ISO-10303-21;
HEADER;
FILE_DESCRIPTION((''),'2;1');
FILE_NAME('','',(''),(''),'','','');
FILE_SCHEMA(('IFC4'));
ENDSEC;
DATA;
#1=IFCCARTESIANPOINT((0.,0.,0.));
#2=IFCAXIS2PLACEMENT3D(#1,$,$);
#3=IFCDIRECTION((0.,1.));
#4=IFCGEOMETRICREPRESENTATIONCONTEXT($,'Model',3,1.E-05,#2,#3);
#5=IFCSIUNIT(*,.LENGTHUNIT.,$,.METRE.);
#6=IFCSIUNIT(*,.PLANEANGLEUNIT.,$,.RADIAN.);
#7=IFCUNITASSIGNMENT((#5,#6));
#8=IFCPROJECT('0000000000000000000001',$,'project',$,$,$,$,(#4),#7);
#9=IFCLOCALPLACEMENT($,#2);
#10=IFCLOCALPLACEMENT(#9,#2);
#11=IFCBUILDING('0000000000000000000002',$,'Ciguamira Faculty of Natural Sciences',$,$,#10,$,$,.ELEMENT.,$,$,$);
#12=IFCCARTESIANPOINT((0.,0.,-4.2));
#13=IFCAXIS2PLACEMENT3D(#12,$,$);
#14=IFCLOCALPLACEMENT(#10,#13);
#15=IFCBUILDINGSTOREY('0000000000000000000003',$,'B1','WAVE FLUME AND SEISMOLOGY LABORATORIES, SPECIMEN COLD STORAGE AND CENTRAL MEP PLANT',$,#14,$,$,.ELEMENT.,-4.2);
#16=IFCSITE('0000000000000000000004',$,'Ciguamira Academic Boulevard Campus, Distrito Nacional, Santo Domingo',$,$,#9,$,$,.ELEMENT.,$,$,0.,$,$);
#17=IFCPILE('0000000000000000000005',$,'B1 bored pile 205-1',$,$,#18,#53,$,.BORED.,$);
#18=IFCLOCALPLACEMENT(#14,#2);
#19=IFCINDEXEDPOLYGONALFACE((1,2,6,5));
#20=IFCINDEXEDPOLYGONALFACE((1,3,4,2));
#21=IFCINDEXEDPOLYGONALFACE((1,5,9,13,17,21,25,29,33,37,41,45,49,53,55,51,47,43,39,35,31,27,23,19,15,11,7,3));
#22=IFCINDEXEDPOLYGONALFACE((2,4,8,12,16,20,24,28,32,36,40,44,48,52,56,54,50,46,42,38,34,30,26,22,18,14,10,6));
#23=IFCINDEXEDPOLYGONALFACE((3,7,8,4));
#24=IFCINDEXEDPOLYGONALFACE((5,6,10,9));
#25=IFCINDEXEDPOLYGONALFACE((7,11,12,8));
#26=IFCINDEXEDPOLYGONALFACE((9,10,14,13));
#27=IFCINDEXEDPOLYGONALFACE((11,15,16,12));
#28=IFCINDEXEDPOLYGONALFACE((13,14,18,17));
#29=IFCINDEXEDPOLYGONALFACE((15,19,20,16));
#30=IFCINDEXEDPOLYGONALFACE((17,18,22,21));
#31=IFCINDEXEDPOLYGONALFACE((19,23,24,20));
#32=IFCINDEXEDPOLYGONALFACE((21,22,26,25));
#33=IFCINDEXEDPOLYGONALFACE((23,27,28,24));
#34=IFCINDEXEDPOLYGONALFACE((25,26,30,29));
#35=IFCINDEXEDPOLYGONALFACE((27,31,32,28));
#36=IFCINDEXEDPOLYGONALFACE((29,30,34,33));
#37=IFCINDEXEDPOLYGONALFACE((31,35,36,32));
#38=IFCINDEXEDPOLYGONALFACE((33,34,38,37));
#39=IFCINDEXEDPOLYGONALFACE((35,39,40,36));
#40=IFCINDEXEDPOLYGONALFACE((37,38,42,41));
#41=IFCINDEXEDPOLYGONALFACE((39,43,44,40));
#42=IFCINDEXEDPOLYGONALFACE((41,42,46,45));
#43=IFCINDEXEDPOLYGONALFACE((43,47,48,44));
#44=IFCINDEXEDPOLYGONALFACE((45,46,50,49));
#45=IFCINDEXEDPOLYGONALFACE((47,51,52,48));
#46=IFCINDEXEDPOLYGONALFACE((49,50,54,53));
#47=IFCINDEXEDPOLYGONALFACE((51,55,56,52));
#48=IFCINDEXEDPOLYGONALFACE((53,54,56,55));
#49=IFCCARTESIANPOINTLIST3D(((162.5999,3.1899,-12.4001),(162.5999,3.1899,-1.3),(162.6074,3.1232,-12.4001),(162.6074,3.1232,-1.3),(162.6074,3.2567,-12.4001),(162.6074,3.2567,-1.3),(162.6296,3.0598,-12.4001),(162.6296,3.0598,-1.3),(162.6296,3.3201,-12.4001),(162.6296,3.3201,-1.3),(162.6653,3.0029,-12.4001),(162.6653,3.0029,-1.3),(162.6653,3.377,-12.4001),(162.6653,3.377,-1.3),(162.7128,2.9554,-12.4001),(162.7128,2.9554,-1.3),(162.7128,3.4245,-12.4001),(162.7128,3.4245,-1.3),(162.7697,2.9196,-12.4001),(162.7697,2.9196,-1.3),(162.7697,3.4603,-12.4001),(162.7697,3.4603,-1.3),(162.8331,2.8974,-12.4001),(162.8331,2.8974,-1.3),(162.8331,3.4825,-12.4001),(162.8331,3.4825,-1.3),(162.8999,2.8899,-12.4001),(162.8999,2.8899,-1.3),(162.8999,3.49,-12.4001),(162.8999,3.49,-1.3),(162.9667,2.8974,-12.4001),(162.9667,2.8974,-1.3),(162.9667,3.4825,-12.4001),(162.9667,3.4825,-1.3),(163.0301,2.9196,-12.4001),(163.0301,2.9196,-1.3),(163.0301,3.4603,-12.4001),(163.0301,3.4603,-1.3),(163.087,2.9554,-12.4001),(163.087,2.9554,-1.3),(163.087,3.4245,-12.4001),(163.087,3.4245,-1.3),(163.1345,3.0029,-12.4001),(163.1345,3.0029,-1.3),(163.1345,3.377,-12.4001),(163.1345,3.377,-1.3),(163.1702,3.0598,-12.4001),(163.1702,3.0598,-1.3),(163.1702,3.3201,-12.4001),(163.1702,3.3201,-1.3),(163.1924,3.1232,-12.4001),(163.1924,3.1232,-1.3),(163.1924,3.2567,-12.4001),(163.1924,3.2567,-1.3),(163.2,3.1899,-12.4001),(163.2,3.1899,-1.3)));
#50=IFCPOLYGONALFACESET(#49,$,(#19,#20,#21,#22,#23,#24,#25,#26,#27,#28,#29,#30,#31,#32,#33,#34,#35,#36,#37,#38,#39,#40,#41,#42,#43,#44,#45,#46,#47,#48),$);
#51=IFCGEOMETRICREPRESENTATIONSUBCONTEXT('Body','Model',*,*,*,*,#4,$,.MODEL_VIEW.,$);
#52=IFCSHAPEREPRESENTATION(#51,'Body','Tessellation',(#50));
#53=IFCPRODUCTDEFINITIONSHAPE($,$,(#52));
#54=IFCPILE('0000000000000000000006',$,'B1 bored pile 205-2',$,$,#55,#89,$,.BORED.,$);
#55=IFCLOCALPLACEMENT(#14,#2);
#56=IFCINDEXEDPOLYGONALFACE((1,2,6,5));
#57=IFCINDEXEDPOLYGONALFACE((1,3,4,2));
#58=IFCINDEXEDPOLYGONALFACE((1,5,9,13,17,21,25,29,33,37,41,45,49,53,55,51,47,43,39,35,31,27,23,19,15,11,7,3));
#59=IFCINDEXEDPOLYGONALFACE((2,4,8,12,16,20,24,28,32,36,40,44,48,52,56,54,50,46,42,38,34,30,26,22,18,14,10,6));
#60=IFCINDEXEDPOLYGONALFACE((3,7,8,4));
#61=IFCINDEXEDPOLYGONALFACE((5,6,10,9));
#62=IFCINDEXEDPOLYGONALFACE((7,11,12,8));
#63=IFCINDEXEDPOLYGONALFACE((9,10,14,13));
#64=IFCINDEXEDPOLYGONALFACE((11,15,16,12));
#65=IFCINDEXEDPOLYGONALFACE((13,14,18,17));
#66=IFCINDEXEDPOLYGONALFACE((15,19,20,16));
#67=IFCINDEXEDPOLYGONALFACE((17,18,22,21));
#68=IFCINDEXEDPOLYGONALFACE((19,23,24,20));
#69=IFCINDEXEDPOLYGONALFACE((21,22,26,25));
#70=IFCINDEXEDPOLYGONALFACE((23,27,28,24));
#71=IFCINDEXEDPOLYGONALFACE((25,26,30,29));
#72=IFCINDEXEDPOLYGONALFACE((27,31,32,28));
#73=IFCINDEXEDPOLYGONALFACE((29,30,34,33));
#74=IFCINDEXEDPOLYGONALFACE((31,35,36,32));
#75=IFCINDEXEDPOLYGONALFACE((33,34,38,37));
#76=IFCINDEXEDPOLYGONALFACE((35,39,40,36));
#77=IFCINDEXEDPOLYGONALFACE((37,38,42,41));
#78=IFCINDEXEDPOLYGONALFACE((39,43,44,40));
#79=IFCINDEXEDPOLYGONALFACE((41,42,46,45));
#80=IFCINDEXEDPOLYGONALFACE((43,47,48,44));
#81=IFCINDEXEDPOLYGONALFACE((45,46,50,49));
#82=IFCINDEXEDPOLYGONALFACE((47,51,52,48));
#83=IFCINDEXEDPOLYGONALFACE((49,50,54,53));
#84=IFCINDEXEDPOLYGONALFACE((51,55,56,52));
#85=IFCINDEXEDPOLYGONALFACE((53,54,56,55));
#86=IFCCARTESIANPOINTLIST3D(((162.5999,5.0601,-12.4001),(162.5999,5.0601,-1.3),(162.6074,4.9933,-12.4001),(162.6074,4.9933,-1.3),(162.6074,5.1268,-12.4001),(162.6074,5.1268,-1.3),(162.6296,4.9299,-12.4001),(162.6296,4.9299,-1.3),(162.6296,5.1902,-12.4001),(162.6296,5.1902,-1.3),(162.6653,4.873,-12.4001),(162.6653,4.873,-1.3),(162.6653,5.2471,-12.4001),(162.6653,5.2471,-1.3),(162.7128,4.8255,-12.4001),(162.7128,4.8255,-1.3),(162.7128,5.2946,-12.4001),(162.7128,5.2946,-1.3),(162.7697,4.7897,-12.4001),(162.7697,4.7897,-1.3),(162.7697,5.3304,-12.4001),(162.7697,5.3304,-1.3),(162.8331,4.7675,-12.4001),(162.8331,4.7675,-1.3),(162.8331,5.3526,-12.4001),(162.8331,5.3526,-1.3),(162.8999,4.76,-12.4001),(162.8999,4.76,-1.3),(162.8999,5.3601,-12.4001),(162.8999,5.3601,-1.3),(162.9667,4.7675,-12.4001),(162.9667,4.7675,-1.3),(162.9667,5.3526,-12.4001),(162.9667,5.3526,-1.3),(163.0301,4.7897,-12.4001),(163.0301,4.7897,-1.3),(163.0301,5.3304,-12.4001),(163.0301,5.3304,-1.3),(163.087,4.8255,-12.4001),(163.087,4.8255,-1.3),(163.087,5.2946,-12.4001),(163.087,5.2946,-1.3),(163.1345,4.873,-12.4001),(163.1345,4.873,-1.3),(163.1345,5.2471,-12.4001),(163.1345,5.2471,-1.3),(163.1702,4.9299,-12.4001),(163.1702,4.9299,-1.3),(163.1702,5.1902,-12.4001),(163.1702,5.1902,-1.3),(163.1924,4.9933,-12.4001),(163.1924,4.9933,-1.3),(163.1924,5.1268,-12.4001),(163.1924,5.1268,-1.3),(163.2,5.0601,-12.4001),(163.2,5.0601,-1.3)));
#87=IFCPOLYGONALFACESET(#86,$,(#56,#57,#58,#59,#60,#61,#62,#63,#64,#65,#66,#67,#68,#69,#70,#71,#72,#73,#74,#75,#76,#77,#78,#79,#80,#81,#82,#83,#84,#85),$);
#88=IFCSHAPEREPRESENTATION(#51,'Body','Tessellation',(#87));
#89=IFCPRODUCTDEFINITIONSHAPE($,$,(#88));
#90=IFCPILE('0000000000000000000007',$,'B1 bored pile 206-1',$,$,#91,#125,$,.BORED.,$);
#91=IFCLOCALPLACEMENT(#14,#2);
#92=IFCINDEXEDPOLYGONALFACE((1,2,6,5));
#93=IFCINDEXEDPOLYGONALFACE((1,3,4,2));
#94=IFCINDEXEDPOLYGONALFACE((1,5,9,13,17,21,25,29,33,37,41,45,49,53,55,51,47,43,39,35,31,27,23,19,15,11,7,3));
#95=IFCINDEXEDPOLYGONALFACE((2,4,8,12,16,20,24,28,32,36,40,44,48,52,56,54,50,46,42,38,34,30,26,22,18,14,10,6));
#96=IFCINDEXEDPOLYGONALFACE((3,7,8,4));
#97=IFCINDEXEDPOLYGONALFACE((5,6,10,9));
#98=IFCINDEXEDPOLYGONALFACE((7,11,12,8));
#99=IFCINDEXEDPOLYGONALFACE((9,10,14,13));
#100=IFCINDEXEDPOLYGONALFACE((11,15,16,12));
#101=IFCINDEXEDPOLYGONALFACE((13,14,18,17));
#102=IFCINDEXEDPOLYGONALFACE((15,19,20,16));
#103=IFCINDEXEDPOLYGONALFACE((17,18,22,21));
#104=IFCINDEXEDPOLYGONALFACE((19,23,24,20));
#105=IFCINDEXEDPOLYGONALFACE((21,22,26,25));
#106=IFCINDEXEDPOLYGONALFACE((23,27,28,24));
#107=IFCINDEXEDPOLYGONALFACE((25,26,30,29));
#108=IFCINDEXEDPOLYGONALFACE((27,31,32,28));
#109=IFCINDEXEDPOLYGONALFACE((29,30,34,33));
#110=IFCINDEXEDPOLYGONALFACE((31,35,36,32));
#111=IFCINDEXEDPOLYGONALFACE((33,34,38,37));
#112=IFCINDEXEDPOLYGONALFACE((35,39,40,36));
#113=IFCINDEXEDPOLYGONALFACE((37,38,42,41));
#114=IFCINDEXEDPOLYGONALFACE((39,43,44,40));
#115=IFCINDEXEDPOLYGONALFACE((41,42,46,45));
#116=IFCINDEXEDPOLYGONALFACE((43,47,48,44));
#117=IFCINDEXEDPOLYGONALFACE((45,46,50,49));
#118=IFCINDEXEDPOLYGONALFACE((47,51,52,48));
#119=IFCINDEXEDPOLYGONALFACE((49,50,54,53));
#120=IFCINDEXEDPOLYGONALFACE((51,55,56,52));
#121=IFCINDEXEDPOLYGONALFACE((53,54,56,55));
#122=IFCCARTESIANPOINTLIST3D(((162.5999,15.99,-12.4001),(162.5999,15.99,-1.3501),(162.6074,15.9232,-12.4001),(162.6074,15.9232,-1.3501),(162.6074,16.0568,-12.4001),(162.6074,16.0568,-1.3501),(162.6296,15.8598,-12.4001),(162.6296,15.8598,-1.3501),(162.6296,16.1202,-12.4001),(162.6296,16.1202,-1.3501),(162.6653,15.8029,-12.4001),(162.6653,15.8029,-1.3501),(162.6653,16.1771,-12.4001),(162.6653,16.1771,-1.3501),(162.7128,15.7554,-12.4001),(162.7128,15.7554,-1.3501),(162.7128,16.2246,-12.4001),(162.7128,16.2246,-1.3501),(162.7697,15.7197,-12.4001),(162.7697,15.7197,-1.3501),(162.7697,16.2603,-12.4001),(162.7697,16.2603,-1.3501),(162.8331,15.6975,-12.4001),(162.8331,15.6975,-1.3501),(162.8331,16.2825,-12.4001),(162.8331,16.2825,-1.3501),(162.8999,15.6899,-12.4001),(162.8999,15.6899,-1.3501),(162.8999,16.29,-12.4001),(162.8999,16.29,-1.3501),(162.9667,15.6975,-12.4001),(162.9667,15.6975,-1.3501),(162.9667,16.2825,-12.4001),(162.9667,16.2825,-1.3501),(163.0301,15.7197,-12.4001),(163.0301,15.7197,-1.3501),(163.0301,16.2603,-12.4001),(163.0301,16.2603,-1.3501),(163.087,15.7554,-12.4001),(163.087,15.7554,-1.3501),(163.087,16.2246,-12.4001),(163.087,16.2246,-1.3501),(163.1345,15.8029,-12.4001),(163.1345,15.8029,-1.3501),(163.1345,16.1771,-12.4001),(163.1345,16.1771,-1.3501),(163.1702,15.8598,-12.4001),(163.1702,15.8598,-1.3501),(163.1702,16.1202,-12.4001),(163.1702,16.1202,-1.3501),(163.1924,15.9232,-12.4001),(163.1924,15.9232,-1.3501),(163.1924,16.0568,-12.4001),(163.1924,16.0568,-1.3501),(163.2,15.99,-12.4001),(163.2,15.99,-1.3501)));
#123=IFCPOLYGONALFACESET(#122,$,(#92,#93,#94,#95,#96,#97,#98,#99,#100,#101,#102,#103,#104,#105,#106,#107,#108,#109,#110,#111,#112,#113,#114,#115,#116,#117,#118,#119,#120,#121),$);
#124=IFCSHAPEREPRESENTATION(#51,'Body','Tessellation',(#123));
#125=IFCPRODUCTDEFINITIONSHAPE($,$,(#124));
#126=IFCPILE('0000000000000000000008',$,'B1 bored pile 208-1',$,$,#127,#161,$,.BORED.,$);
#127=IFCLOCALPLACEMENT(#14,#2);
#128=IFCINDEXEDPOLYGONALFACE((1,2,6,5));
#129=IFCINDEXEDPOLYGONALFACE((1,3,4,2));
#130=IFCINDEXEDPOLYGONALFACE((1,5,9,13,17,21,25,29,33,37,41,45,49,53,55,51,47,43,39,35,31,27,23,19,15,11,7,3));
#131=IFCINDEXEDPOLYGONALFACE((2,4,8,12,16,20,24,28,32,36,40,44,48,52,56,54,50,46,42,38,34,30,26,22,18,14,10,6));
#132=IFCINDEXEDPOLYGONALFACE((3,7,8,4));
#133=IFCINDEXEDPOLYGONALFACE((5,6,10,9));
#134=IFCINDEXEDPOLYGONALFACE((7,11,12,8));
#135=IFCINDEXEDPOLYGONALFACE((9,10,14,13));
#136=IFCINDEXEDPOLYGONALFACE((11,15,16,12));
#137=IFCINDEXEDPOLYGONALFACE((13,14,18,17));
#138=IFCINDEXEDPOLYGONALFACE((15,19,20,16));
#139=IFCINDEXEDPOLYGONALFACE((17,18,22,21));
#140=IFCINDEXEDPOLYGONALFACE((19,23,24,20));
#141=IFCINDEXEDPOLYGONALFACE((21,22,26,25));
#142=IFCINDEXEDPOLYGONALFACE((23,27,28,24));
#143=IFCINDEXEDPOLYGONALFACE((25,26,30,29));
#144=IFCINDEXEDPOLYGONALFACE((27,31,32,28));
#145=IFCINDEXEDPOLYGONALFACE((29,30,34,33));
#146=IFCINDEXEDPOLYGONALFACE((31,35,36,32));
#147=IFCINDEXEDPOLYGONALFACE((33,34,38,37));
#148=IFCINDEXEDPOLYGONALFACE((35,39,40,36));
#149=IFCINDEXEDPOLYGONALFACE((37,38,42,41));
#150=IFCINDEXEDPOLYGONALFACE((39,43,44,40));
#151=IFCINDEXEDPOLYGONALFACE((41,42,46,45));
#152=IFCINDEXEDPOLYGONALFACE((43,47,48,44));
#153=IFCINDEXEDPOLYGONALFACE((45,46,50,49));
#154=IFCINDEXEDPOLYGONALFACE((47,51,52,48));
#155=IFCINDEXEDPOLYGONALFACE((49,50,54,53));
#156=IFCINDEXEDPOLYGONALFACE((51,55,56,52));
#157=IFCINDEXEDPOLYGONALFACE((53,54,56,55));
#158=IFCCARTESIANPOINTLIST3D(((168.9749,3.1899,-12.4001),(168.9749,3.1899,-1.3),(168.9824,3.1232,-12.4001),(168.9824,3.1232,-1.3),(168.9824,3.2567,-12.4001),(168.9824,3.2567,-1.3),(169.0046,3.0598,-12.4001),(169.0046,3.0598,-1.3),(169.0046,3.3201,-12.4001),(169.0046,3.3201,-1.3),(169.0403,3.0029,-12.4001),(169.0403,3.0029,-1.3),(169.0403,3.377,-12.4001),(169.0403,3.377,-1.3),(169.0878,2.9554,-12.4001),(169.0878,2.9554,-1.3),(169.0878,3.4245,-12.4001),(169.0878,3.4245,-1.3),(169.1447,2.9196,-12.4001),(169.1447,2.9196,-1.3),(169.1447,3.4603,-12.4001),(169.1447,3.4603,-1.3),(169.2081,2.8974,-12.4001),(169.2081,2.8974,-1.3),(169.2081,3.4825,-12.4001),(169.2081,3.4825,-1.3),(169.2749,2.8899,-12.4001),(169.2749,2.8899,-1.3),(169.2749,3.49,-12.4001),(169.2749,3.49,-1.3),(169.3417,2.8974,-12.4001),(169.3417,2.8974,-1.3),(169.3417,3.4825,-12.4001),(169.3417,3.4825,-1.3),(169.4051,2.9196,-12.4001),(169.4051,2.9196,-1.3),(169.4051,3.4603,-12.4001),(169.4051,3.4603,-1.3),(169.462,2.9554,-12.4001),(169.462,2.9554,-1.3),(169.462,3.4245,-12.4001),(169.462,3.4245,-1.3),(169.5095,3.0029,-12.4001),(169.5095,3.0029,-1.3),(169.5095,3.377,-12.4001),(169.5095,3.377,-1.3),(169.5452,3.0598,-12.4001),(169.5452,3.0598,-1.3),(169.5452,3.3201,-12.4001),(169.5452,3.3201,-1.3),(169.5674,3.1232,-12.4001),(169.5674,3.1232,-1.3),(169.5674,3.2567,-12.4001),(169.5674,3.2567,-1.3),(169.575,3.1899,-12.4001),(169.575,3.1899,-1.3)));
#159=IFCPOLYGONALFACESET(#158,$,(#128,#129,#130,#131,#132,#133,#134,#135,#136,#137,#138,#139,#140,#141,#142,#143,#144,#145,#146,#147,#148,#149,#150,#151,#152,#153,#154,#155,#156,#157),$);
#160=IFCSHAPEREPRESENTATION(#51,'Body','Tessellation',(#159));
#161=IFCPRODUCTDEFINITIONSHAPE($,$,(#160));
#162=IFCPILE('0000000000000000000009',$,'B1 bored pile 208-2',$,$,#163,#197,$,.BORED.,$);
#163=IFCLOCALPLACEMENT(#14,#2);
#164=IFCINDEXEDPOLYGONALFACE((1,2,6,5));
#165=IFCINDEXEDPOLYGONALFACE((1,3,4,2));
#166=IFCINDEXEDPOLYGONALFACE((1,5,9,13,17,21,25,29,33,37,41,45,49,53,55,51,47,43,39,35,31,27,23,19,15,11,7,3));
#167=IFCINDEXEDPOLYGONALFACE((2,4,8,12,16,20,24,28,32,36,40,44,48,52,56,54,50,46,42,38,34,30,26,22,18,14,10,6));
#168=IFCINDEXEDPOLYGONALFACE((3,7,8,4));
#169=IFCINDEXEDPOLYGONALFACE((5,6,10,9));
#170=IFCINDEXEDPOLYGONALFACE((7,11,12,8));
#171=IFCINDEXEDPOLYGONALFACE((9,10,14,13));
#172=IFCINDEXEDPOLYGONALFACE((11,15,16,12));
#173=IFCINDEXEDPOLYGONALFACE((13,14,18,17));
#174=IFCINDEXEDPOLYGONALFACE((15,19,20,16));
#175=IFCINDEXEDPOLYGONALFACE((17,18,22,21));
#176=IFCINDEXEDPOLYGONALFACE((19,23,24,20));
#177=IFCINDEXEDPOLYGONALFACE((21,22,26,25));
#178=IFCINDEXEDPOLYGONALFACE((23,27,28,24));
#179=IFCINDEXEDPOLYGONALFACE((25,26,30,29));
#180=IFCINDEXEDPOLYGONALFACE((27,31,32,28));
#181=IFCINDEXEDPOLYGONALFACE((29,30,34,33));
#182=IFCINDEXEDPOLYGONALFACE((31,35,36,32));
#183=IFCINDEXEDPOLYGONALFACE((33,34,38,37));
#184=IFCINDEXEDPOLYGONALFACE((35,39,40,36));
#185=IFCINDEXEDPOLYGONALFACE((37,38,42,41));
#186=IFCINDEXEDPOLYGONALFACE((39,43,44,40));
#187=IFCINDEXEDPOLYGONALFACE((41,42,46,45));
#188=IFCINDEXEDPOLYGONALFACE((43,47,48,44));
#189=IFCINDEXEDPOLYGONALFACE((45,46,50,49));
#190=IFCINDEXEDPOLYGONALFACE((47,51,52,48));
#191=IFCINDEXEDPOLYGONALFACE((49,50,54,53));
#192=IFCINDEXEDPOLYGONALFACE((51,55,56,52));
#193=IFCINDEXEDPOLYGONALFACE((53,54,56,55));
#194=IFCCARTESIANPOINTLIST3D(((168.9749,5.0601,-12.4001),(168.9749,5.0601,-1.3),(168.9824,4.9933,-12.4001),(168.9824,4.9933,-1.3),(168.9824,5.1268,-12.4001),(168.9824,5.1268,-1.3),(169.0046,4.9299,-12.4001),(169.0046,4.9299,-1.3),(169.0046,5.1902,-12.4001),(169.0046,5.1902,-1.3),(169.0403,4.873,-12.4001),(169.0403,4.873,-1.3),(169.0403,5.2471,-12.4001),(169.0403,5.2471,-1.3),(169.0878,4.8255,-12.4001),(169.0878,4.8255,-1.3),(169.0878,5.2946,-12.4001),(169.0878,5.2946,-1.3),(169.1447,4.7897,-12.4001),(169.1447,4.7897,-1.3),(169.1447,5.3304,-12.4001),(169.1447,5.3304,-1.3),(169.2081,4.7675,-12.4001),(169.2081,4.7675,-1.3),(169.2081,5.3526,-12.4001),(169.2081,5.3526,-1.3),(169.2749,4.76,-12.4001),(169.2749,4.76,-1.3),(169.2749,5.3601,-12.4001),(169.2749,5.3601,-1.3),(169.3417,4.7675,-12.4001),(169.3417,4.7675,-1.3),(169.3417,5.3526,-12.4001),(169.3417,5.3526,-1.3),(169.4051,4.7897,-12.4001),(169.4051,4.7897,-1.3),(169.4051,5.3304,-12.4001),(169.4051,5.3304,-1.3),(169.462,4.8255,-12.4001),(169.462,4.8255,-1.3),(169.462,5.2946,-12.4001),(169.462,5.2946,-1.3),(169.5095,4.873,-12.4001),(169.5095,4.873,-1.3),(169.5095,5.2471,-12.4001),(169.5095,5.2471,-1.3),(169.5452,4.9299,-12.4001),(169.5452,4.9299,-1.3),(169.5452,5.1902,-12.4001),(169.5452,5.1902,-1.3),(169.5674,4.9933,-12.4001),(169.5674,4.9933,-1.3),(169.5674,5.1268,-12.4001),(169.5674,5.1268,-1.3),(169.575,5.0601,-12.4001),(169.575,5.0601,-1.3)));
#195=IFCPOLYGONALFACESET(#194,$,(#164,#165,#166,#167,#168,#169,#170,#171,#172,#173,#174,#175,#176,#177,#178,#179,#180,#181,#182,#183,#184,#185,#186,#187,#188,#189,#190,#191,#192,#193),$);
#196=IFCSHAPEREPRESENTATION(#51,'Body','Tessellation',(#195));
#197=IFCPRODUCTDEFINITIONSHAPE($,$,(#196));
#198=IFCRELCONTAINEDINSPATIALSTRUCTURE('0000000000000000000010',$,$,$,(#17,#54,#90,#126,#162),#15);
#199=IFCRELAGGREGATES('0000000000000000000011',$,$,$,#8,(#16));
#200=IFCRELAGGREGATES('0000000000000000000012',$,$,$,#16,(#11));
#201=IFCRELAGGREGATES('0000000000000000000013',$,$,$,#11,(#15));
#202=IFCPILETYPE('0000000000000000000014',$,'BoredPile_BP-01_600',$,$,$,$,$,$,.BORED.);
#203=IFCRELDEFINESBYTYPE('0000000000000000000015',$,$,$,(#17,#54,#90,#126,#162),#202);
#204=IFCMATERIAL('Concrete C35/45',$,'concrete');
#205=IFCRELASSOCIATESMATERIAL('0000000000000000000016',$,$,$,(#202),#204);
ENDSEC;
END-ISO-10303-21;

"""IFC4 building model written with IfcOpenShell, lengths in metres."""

from ifc_helpers import new_model, si_unit, direction, frame, origin, origin_2d, place, context, subcontext, project, spatial, circle, extrude, material, material_profile, profile_set, type_object, element, save


model = new_model("IFC4")

# Units and contexts
model_context = context("Model", 3, precision=1e-05, world=origin(), true_north=direction((0.0, 1.0)))
body_context = subcontext(model_context, "Body", "Model", "MODEL_VIEW")
ifc_project = project(units=[si_unit("LENGTHUNIT", "METRE"), si_unit("PLANEANGLEUNIT", "RADIAN")], contexts=[model_context])

# Site, building, storey
site_placement = place(None, origin())
site = spatial("IfcSite", under=ifc_project, at=site_placement, Name="Ciguamira Academic Boulevard Campus, Distrito Nacional, Santo Domingo", CompositionType="ELEMENT", RefElevation=0.0)
building_placement = place(site_placement, origin())
building = spatial("IfcBuilding", under=site, at=building_placement, Name="Ciguamira Faculty of Natural Sciences", CompositionType="ELEMENT")
storey_placement = place(building_placement, frame((0.0, 0.0, -4.2)))
storey = spatial("IfcBuildingStorey", under=building, at=storey_placement, Name="B1", Description="WAVE FLUME AND SEISMOLOGY LABORATORIES, SPECIMEN COLD STORAGE AND CENTRAL MEP PLANT", CompositionType="ELEMENT", Elevation=-4.2)

# Piles
ifc_material_1 = material(Name="Concrete C35/45", Category="concrete")
ifc_material_profile_1 = material_profile(ifc_material_1, circle(Radius=0.3, at=origin_2d()), Name="PILE-BORED-600")
ifc_profile_set_1 = profile_set([ifc_material_profile_1], Name="Concrete C35/45")
pile_type = type_object("IfcPileType", Name="BoredPile_BP-01_600", PredefinedType="BORED", material=ifc_profile_set_1)
for number, where, z_axis, x_axis, name in (
    (1, (162.8999, 3.1899, -1.3), (0.0, 0.0, -1.0), (1.0, 0.0, 0.0), "B1 bored pile 205-1"),
    (2, (162.8999, 5.0601, -1.3), (0.0, 0.0, -1.0), (1.0, 0.0, 0.0), "B1 bored pile 205-2"),
):
    element("IfcPile", number, at=place(storey_placement, frame(where, z_axis=z_axis, x_axis=x_axis)), inside=storey, type_object=pile_type, Name=name, PredefinedType="BORED", context=body_context, shape_type="SweptSolid", body=[
        extrude(circle(Radius=0.3, at=origin_2d()), origin(), (0.0, 0.0, 1.0), 11.1001),
    ])
pile_placement = place(storey_placement, frame((162.8999, 15.99, -1.3501), z_axis=(0.0, 0.0, -1.0), x_axis=(1.0, 0.0, 0.0)))
element("IfcPile", 3, at=pile_placement, inside=storey, type_object=pile_type, Name="B1 bored pile 206-1", PredefinedType="BORED", context=body_context, shape_type="SweptSolid", body=[
    extrude(circle(Radius=0.3, at=origin_2d()), origin(), (0.0, 0.0, 1.0), 11.05),
])
for number, where, z_axis, x_axis, name in (
    (4, (169.2749, 3.1899, -1.3), (0.0, 0.0, -1.0), (1.0, 0.0, 0.0), "B1 bored pile 208-1"),
    (5, (169.2749, 5.0601, -1.3), (0.0, 0.0, -1.0), (1.0, 0.0, 0.0), "B1 bored pile 208-2"),
):
    element("IfcPile", number, at=place(storey_placement, frame(where, z_axis=z_axis, x_axis=x_axis)), inside=storey, type_object=pile_type, Name=name, PredefinedType="BORED", context=body_context, shape_type="SweptSolid", body=[
        extrude(circle(Radius=0.3, at=origin_2d()), origin(), (0.0, 0.0, 1.0), 11.1001),
    ])

save(model, "model.ifc")
